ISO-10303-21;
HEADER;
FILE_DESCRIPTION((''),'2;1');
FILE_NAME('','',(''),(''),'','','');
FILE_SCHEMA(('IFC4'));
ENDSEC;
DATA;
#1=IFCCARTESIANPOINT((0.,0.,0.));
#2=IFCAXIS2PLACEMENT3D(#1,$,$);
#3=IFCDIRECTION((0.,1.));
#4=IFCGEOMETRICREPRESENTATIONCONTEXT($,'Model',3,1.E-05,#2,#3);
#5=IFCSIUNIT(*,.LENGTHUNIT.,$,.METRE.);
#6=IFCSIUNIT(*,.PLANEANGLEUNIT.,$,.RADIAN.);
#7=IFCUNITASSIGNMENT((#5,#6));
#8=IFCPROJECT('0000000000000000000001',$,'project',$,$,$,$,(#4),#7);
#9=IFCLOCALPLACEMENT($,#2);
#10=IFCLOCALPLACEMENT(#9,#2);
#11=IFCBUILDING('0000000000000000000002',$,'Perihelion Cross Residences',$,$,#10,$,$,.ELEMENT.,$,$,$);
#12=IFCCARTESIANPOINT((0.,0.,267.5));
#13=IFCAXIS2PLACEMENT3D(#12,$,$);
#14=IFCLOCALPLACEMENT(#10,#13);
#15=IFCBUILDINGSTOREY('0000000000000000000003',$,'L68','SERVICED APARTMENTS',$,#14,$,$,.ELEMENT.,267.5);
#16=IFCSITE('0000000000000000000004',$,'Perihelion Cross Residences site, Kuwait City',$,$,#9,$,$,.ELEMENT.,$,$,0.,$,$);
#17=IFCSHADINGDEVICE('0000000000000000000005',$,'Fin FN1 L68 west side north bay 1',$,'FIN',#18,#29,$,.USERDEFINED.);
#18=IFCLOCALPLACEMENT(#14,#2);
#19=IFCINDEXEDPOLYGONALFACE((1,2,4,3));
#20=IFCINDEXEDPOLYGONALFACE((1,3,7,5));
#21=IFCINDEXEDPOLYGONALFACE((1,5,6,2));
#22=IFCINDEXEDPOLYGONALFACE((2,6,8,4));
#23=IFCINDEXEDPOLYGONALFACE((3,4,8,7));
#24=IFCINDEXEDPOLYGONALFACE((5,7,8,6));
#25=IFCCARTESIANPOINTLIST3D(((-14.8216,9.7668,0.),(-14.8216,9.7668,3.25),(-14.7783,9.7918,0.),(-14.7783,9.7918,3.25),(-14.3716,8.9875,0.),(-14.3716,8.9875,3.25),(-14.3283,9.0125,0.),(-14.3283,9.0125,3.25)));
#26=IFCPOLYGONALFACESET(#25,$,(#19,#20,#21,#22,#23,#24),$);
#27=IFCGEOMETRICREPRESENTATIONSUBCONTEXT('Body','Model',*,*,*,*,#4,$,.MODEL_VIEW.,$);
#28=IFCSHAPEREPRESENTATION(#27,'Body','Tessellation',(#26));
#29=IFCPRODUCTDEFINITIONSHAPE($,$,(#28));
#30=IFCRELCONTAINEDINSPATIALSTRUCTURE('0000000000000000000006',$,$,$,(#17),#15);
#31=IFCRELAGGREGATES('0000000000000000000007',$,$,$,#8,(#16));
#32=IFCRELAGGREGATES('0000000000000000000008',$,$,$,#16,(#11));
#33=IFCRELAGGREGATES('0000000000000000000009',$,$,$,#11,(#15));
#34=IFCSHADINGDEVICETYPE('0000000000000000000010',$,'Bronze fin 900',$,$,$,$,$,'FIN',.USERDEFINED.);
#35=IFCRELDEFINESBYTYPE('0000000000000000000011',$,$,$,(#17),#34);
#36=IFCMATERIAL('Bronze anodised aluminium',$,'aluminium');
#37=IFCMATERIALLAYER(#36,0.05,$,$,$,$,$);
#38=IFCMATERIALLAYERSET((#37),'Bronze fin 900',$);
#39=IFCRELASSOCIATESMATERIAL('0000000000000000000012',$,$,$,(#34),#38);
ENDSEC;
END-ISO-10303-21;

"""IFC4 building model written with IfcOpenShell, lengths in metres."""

from ifc_helpers import new_model, si_unit, direction, frame, origin, origin_2d, place, context, subcontext, project, spatial, rectangle, extrude, material, layer, layer_set, type_object, element, save


model = new_model("IFC4")

# Units and contexts
model_context = context("Model", 3, precision=1e-05, world=origin(), true_north=direction((0.0, 1.0)))
body_context = subcontext(model_context, "Body", "Model", "MODEL_VIEW")
ifc_project = project(units=[si_unit("LENGTHUNIT", "METRE"), si_unit("PLANEANGLEUNIT", "RADIAN")], contexts=[model_context])

# Site, building, storey
site_placement = place(None, origin())
site = spatial("IfcSite", under=ifc_project, at=site_placement, Name="Perihelion Cross Residences site, Kuwait City", CompositionType="ELEMENT", RefElevation=0.0)
building_placement = place(site_placement, origin())
building = spatial("IfcBuilding", under=site, at=building_placement, Name="Perihelion Cross Residences", CompositionType="ELEMENT")
storey_placement = place(building_placement, frame((0.0, 0.0, 267.5)))
storey = spatial("IfcBuildingStorey", under=building, at=storey_placement, Name="L68", Description="SERVICED APARTMENTS", CompositionType="ELEMENT", Elevation=267.5)

# Shading device
ifc_material_1 = material(Name="Bronze anodised aluminium", Category="aluminium")
ifc_layer_1 = layer(ifc_material_1, 0.05)
ifc_layer_set_1 = layer_set([ifc_layer_1], Name="Bronze fin 900")
shading_device_type = type_object("IfcShadingDeviceType", Name="Bronze fin 900", ElementType="FIN", PredefinedType="USERDEFINED", material=ifc_layer_set_1)
shading_device_placement = place(storey_placement, frame((-14.575, 9.3896, 0.0), z_axis=(0.0, 0.0, 1.0), x_axis=(-0.5, 0.866025, 0.0)))
element("IfcShadingDevice", 1, at=shading_device_placement, inside=storey, type_object=shading_device_type, Name="Fin FN1 L68 west side north bay 1", ObjectType="FIN", PredefinedType="USERDEFINED", context=body_context, shape_type="SweptSolid", body=[
    extrude(rectangle(XDim=0.8999, YDim=0.05, at=origin_2d()), origin(), (0.0, 0.0, 1.0), 3.25),
])

save(model, "model.ifc")
